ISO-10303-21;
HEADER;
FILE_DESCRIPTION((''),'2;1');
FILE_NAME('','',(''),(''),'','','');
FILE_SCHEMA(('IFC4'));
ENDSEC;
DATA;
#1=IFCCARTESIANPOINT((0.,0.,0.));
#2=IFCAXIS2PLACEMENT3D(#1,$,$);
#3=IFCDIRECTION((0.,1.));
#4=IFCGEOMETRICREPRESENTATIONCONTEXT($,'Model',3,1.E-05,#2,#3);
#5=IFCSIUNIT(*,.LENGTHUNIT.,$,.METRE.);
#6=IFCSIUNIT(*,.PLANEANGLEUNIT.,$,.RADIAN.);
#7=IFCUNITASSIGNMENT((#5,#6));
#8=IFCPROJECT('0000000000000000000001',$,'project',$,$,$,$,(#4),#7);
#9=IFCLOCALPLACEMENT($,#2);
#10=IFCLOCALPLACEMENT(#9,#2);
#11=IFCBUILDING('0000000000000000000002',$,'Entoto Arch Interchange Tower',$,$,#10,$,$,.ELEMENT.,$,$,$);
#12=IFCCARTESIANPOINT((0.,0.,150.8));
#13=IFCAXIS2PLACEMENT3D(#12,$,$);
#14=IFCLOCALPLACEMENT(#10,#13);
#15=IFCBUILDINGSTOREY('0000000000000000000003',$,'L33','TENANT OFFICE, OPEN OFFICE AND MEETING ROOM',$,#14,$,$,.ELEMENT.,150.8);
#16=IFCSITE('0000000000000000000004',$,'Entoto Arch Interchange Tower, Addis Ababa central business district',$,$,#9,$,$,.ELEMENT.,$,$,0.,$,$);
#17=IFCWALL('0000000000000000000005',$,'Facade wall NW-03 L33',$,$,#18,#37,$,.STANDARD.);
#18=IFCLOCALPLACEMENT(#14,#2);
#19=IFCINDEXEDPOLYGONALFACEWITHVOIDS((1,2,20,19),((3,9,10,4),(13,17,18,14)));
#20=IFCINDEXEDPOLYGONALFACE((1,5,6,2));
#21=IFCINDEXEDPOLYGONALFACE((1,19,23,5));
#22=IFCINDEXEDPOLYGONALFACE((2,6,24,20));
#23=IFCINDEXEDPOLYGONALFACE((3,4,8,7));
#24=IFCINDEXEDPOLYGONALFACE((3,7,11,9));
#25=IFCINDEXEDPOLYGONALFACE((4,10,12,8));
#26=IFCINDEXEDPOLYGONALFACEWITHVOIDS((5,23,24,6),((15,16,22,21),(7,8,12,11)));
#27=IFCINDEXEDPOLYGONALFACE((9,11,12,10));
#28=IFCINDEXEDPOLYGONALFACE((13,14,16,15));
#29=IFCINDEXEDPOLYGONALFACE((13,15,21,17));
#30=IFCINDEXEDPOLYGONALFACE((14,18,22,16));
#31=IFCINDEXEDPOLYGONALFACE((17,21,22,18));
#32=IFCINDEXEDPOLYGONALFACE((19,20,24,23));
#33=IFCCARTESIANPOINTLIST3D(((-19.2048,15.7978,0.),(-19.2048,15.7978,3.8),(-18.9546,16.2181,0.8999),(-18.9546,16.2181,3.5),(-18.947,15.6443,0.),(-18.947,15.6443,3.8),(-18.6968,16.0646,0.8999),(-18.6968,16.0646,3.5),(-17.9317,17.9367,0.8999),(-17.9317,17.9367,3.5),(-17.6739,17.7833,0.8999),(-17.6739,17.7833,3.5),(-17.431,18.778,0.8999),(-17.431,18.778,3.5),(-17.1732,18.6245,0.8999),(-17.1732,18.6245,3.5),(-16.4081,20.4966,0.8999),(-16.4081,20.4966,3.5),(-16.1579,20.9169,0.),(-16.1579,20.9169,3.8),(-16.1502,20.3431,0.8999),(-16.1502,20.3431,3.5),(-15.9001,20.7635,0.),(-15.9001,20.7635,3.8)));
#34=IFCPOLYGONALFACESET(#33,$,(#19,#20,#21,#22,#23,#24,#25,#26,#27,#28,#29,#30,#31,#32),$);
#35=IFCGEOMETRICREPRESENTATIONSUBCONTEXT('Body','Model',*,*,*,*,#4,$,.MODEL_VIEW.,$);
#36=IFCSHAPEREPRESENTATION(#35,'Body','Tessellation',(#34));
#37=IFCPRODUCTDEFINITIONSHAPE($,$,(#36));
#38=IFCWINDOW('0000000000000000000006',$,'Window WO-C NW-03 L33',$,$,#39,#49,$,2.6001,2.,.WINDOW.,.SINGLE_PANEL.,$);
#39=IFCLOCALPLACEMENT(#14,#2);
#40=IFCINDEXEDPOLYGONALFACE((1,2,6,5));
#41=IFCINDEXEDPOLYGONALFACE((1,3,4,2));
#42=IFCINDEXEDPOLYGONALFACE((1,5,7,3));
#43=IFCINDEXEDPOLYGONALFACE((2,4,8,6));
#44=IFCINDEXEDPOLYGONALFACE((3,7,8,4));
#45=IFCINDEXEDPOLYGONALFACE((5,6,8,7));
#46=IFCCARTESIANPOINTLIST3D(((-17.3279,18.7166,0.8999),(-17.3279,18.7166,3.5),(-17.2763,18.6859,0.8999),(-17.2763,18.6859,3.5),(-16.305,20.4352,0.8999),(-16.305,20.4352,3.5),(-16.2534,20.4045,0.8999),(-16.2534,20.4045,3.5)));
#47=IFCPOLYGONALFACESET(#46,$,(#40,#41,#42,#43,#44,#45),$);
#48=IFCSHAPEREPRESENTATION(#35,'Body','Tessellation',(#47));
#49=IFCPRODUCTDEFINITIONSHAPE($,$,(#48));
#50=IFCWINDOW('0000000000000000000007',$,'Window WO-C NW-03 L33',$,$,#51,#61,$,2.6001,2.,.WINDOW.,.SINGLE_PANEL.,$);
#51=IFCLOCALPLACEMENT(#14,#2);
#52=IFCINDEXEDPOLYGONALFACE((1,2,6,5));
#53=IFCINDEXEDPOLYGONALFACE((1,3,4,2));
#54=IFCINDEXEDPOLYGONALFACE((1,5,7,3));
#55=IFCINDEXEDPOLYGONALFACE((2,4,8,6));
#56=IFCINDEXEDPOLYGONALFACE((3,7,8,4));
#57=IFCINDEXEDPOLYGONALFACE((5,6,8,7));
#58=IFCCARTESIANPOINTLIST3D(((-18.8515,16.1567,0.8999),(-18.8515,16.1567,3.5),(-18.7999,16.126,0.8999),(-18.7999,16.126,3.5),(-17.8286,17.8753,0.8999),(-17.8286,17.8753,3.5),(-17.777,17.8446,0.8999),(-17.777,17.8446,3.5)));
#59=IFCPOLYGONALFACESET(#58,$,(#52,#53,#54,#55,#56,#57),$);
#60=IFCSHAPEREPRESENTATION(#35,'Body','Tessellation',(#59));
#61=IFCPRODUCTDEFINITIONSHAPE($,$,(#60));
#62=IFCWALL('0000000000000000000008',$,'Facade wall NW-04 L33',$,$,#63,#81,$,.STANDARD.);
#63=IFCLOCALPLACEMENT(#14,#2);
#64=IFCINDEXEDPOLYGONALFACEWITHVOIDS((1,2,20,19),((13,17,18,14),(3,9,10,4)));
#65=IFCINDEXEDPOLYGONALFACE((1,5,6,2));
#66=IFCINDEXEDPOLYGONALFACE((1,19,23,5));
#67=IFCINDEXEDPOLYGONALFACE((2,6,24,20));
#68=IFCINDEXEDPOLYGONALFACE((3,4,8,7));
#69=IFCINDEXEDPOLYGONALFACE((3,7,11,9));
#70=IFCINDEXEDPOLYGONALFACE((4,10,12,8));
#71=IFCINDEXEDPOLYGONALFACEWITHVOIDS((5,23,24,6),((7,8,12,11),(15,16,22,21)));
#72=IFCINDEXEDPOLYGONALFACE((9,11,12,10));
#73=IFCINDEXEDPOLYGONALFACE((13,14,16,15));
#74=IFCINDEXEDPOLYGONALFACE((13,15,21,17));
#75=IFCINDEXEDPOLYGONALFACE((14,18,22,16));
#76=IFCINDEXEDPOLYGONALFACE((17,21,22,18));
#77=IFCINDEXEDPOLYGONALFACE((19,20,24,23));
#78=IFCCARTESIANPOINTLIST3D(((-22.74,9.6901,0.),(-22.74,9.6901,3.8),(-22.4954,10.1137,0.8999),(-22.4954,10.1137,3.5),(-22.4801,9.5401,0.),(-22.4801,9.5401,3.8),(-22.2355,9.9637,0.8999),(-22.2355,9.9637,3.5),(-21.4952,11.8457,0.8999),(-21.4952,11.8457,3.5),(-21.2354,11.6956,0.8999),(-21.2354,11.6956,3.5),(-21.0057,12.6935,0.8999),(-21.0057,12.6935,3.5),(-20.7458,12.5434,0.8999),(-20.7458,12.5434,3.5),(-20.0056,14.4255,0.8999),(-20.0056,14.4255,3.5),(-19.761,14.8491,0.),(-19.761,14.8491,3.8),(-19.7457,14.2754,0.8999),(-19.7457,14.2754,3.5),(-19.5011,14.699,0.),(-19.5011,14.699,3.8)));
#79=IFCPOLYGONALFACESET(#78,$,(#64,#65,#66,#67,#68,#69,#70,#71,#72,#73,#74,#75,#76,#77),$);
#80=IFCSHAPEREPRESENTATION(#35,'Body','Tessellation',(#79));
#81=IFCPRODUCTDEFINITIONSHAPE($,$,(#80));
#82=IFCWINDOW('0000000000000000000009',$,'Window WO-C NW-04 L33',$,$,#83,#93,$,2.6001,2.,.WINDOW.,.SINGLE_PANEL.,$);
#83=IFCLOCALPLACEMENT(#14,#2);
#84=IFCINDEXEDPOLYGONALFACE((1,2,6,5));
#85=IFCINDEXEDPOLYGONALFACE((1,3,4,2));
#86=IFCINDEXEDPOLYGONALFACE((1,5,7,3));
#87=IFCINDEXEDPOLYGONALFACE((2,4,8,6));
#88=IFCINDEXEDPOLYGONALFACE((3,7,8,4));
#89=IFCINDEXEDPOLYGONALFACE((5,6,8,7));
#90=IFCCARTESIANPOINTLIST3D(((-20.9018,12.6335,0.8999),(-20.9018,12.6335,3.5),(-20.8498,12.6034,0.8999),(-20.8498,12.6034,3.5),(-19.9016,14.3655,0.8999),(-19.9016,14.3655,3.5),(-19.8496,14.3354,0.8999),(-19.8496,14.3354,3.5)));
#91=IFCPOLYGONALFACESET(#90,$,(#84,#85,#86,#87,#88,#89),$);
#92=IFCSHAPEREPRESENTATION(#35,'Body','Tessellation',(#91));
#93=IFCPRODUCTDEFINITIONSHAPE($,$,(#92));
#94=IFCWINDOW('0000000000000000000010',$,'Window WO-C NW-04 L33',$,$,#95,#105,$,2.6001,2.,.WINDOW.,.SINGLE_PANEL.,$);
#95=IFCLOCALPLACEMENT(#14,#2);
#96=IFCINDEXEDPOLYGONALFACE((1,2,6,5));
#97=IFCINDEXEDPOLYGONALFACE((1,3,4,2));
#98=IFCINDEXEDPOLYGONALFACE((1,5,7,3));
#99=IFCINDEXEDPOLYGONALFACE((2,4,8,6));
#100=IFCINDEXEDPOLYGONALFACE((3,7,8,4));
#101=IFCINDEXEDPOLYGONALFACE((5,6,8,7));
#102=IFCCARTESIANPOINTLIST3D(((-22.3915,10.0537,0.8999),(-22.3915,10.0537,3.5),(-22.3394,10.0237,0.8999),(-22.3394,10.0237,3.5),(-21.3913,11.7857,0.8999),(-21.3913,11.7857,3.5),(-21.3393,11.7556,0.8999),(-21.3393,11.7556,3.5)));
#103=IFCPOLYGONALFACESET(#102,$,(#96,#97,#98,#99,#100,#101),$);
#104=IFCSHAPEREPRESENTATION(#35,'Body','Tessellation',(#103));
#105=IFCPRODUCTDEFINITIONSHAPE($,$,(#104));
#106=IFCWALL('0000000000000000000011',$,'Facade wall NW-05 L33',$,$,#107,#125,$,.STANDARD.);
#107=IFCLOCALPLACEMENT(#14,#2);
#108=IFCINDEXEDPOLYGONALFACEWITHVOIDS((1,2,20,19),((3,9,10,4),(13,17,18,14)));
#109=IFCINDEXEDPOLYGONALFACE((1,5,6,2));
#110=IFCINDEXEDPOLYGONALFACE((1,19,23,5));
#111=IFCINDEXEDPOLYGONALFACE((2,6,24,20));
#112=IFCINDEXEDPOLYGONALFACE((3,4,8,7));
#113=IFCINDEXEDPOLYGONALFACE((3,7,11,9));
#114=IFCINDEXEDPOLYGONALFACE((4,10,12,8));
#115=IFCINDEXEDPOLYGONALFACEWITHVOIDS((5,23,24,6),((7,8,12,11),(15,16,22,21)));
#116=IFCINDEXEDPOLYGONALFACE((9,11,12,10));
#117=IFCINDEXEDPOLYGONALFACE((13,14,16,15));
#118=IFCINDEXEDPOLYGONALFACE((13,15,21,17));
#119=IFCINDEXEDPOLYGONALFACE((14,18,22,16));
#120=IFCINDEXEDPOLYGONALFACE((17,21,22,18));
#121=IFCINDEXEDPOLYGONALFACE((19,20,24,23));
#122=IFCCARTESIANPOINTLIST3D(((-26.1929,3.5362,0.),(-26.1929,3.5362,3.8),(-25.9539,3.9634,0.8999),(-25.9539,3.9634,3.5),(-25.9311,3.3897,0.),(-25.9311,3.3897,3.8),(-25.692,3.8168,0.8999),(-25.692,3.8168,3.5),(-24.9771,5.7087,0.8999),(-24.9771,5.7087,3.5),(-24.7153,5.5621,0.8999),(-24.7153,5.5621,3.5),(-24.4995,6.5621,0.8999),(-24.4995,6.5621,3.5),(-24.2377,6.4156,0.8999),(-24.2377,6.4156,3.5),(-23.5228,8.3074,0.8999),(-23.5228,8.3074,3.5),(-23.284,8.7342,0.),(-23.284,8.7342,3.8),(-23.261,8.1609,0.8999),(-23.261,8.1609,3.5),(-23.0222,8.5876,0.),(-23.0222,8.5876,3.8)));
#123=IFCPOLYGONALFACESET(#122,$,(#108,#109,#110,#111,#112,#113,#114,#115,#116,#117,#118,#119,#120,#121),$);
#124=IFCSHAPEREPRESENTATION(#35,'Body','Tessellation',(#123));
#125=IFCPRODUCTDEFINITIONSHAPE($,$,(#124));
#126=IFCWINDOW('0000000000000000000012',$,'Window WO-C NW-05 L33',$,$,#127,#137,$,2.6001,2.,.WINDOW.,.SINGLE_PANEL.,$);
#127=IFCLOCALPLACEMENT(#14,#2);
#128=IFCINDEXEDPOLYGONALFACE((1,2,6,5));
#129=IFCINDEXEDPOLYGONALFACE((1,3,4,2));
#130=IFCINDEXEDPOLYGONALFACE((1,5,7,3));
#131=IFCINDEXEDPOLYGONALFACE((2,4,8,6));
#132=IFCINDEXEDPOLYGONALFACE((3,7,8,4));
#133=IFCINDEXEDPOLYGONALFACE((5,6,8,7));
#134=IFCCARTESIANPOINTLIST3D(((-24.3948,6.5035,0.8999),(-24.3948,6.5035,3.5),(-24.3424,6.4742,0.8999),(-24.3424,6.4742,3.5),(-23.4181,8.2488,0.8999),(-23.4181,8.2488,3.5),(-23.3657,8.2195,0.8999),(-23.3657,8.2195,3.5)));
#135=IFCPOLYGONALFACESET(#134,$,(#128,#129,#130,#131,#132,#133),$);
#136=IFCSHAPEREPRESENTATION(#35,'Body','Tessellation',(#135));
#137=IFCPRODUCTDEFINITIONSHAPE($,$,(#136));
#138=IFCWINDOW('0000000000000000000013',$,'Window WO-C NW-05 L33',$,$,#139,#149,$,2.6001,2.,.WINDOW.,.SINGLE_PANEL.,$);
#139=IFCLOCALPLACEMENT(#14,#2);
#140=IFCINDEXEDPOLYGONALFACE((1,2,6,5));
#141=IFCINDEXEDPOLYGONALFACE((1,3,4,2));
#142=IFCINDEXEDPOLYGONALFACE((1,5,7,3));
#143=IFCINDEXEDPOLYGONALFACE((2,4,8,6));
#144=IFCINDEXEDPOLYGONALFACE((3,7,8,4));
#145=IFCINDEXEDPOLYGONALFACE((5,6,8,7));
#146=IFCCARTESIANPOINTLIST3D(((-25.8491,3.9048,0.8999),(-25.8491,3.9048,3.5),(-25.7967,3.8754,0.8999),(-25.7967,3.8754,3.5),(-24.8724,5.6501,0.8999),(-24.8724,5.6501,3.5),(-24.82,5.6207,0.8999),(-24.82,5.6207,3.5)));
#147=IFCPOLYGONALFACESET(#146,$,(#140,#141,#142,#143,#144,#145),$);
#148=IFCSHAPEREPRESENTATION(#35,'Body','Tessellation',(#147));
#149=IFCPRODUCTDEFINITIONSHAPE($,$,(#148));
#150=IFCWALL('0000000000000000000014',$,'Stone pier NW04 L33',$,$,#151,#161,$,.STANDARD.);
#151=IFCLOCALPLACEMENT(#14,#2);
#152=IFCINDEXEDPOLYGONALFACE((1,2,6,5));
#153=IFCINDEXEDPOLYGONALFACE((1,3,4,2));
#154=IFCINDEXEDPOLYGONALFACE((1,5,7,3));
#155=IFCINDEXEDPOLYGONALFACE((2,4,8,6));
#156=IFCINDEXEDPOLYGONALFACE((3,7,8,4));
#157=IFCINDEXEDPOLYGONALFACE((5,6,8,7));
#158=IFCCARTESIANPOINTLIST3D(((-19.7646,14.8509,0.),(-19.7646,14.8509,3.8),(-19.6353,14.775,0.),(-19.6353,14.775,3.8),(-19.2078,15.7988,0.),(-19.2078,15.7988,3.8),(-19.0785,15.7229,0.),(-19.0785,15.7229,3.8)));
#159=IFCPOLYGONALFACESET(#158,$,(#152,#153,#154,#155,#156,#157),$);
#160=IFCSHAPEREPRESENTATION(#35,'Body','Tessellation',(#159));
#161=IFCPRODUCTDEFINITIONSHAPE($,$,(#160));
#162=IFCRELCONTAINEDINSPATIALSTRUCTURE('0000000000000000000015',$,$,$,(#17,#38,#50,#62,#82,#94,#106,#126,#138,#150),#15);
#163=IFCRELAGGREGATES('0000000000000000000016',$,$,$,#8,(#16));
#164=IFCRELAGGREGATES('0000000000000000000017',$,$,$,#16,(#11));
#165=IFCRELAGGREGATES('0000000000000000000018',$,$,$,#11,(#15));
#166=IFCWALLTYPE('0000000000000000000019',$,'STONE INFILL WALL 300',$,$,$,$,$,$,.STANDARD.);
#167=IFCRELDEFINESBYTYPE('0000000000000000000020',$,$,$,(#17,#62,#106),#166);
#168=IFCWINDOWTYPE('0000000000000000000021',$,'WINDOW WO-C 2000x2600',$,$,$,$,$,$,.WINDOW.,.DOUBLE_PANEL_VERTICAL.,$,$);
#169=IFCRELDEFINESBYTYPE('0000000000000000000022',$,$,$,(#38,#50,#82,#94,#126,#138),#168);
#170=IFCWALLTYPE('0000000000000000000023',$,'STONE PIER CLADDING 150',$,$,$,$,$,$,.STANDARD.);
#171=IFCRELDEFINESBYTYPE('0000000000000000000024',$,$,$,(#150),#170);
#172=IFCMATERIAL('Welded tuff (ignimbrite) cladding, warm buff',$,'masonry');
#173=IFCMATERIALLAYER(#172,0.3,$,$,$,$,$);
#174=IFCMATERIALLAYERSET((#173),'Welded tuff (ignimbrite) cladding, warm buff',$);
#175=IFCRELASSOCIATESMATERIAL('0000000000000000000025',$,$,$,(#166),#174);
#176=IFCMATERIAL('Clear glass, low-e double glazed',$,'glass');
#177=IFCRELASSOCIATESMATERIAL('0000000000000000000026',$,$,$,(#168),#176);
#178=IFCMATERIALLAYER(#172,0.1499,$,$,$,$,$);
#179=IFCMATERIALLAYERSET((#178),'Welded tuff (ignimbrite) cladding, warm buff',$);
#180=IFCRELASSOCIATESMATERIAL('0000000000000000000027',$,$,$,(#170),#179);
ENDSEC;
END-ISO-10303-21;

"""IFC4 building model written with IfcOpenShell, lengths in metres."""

from ifc_helpers import new_model, si_unit, direction, frame, frame_2d, origin, place, context, subcontext, project, spatial, rectangle, extrude, material, layer, layer_set, type_object, element, fill, save


model = new_model("IFC4")

# Units and contexts
model_context = context("Model", 3, precision=1e-05, world=origin(), true_north=direction((0.0, 1.0)))
body_context = subcontext(model_context, "Body", "Model", "MODEL_VIEW")
ifc_project = project(units=[si_unit("LENGTHUNIT", "METRE"), si_unit("PLANEANGLEUNIT", "RADIAN")], contexts=[model_context])

# Site, building, storey
site_placement = place(None, origin())
site = spatial("IfcSite", under=ifc_project, at=site_placement, Name="Entoto Arch Interchange Tower, Addis Ababa central business district", CompositionType="ELEMENT", RefElevation=0.0)
building_placement = place(site_placement, origin())
building = spatial("IfcBuilding", under=site, at=building_placement, Name="Entoto Arch Interchange Tower", CompositionType="ELEMENT")
storey_placement = place(building_placement, frame((0.0, 0.0, 150.8)))
storey = spatial("IfcBuildingStorey", under=building, at=storey_placement, Name="L33", Description="TENANT OFFICE, OPEN OFFICE AND MEETING ROOM", CompositionType="ELEMENT", Elevation=150.8)

# Walls, openings, windows
ifc_material_1 = material(Name="Welded tuff (ignimbrite) cladding, warm buff", Category="masonry")
ifc_layer_1 = layer(ifc_material_1, 0.3)
ifc_layer_set_1 = layer_set([ifc_layer_1], Name="Welded tuff (ignimbrite) cladding, warm buff")
wall_type_1 = type_object("IfcWallType", Name="STONE INFILL WALL 300", PredefinedType="STANDARD", material=ifc_layer_set_1)
wall_1_placement = place(storey_placement, frame((-16.0291, 20.8401, 0.0), z_axis=(0.0, 0.0, 1.0), x_axis=(-0.511455, -0.85931, 0.0)))
wall_1 = element("IfcWall", 1, at=wall_1_placement, inside=storey, type_object=wall_type_1, Name="Facade wall NW-03 L33", PredefinedType="STANDARD", context=body_context, shape_type="SweptSolid", body=[
    extrude(rectangle(XDim=5.9573, YDim=0.3, at=frame_2d((2.9785, 0.0))), origin(), (0.0, 0.0, 1.0), 3.8),
])
opening_1_placement = place(wall_1_placement, frame((0.489, 0.0, 0.8999)))
opening_1 = element("IfcOpeningElement", 2, at=opening_1_placement, cuts=wall_1, PredefinedType="OPENING", context=body_context, shape_type="SweptSolid", body=[
    extrude(rectangle(XDim=2.0, YDim=2.6001, at=frame_2d((1.0, 1.3))), frame((0.0, 0.1602, 0.0), z_axis=(0.0, -1.0, 0.0), x_axis=(1.0, 0.0, 0.0)), (0.0, 0.0, 1.0), 0.3201),
])
opening_2_placement = place(wall_1_placement, frame((3.468, 0.0, 0.8999)))
opening_2 = element("IfcOpeningElement", 3, at=opening_2_placement, cuts=wall_1, PredefinedType="OPENING", context=body_context, shape_type="SweptSolid", body=[
    extrude(rectangle(XDim=2.0, YDim=2.6001, at=frame_2d((1.0, 1.3))), frame((0.0, 0.1602, 0.0), z_axis=(0.0, -1.0, 0.0), x_axis=(1.0, 0.0, 0.0)), (0.0, 0.0, 1.0), 0.3201),
])
ifc_material_2 = material(Name="Clear glass, low-e double glazed", Category="glass")
window_type = type_object("IfcWindowType", Name="WINDOW WO-C 2000x2600", PartitioningType="DOUBLE_PANEL_VERTICAL", PredefinedType="WINDOW", material=ifc_material_2)
window_1_placement = place(opening_1_placement, origin())
window_1 = element("IfcWindow", 4, at=window_1_placement, inside=storey, type_object=window_type, Name="Window WO-C NW-03 L33", OverallHeight=2.6001, OverallWidth=2.0, PartitioningType="SINGLE_PANEL", PredefinedType="WINDOW", context=body_context, shape_type="SweptSolid", body=[
    extrude(rectangle(XDim=2.0, YDim=2.6001, at=frame_2d((1.0, 1.3))), frame((0.0, 0.03, 0.0), z_axis=(0.0, -1.0, 0.0), x_axis=(1.0, 0.0, 0.0)), (0.0, 0.0, 1.0), 0.0601),
])
fill(opening_1, window_1)
window_2_placement = place(opening_2_placement, origin())
window_2 = element("IfcWindow", 5, at=window_2_placement, inside=storey, type_object=window_type, Name="Window WO-C NW-03 L33", OverallHeight=2.6001, OverallWidth=2.0, PartitioningType="SINGLE_PANEL", PredefinedType="WINDOW", context=body_context, shape_type="SweptSolid", body=[
    extrude(rectangle(XDim=2.0, YDim=2.6001, at=frame_2d((1.0, 1.3))), frame((0.0, 0.03, 0.0), z_axis=(0.0, -1.0, 0.0), x_axis=(1.0, 0.0, 0.0)), (0.0, 0.0, 1.0), 0.0601),
])
fill(opening_2, window_2)
wall_2_placement = place(storey_placement, frame((-19.6311, 14.7739, 0.0), z_axis=(0.0, 0.0, 1.0), x_axis=(-0.500062, -0.86599, 0.0)))
wall_2 = element("IfcWall", 6, at=wall_2_placement, inside=storey, type_object=wall_type_1, Name="Facade wall NW-04 L33", PredefinedType="STANDARD", context=body_context, shape_type="SweptSolid", body=[
    extrude(rectangle(XDim=5.9573, YDim=0.3, at=frame_2d((2.9785, 0.0))), origin(), (0.0, 0.0, 1.0), 3.8),
])
opening_3_placement = place(wall_2_placement, frame((0.489, 0.0, 0.8999)))
opening_3 = element("IfcOpeningElement", 7, at=opening_3_placement, cuts=wall_2, PredefinedType="OPENING", context=body_context, shape_type="SweptSolid", body=[
    extrude(rectangle(XDim=2.0, YDim=2.6001, at=frame_2d((1.0, 1.3))), frame((0.0, 0.1602, 0.0), z_axis=(0.0, -1.0, 0.0), x_axis=(1.0, 0.0, 0.0)), (0.0, 0.0, 1.0), 0.3201),
])
opening_4_placement = place(wall_2_placement, frame((3.468, 0.0, 0.8999)))
opening_4 = element("IfcOpeningElement", 8, at=opening_4_placement, cuts=wall_2, PredefinedType="OPENING", context=body_context, shape_type="SweptSolid", body=[
    extrude(rectangle(XDim=2.0, YDim=2.6001, at=frame_2d((1.0, 1.3))), frame((0.0, 0.1602, 0.0), z_axis=(0.0, -1.0, 0.0), x_axis=(1.0, 0.0, 0.0)), (0.0, 0.0, 1.0), 0.3201),
])
window_3_placement = place(opening_3_placement, origin())
window_3 = element("IfcWindow", 9, at=window_3_placement, inside=storey, type_object=window_type, Name="Window WO-C NW-04 L33", OverallHeight=2.6001, OverallWidth=2.0, PartitioningType="SINGLE_PANEL", PredefinedType="WINDOW", context=body_context, shape_type="SweptSolid", body=[
    extrude(rectangle(XDim=2.0, YDim=2.6001, at=frame_2d((1.0, 1.3))), frame((0.0, 0.03, 0.0), z_axis=(0.0, -1.0, 0.0), x_axis=(1.0, 0.0, 0.0)), (0.0, 0.0, 1.0), 0.0601),
])
fill(opening_3, window_3)
window_4_placement = place(opening_4_placement, origin())
window_4 = element("IfcWindow", 10, at=window_4_placement, inside=storey, type_object=window_type, Name="Window WO-C NW-04 L33", OverallHeight=2.6001, OverallWidth=2.0, PartitioningType="SINGLE_PANEL", PredefinedType="WINDOW", context=body_context, shape_type="SweptSolid", body=[
    extrude(rectangle(XDim=2.0, YDim=2.6001, at=frame_2d((1.0, 1.3))), frame((0.0, 0.03, 0.0), z_axis=(0.0, -1.0, 0.0), x_axis=(1.0, 0.0, 0.0)), (0.0, 0.0, 1.0), 0.0601),
])
fill(opening_4, window_4)
wall_3_placement = place(storey_placement, frame((-23.1531, 8.6609, 0.0), z_axis=(0.0, 0.0, 1.0), x_axis=(-0.488355, -0.872645, 0.0)))
wall_3 = element("IfcWall", 11, at=wall_3_placement, inside=storey, type_object=wall_type_1, Name="Facade wall NW-05 L33", PredefinedType="STANDARD", context=body_context, shape_type="SweptSolid", body=[
    extrude(rectangle(XDim=5.9565, YDim=0.3, at=frame_2d((2.9783, 0.0))), origin(), (0.0, 0.0, 1.0), 3.8),
])
opening_5_placement = place(wall_3_placement, frame((0.489, 0.0, 0.8999)))
opening_5 = element("IfcOpeningElement", 12, at=opening_5_placement, cuts=wall_3, PredefinedType="OPENING", context=body_context, shape_type="SweptSolid", body=[
    extrude(rectangle(XDim=2.0, YDim=2.6001, at=frame_2d((1.0, 1.3))), frame((0.0, 0.1602, 0.0), z_axis=(0.0, -1.0, 0.0), x_axis=(1.0, 0.0, 0.0)), (0.0, 0.0, 1.0), 0.3201),
])
opening_6_placement = place(wall_3_placement, frame((3.467, 0.0, 0.8999)))
opening_6 = element("IfcOpeningElement", 13, at=opening_6_placement, cuts=wall_3, PredefinedType="OPENING", context=body_context, shape_type="SweptSolid", body=[
    extrude(rectangle(XDim=2.0, YDim=2.6001, at=frame_2d((1.0, 1.3))), frame((0.0, 0.1602, 0.0), z_axis=(0.0, -1.0, 0.0), x_axis=(1.0, 0.0, 0.0)), (0.0, 0.0, 1.0), 0.3201),
])
window_5_placement = place(opening_5_placement, origin())
window_5 = element("IfcWindow", 14, at=window_5_placement, inside=storey, type_object=window_type, Name="Window WO-C NW-05 L33", OverallHeight=2.6001, OverallWidth=2.0, PartitioningType="SINGLE_PANEL", PredefinedType="WINDOW", context=body_context, shape_type="SweptSolid", body=[
    extrude(rectangle(XDim=2.0, YDim=2.6001, at=frame_2d((1.0, 1.3))), frame((0.0, 0.03, 0.0), z_axis=(0.0, -1.0, 0.0), x_axis=(1.0, 0.0, 0.0)), (0.0, 0.0, 1.0), 0.0601),
])
fill(opening_5, window_5)
window_6_placement = place(opening_6_placement, origin())
window_6 = element("IfcWindow", 15, at=window_6_placement, inside=storey, type_object=window_type, Name="Window WO-C NW-05 L33", OverallHeight=2.6001, OverallWidth=2.0, PartitioningType="SINGLE_PANEL", PredefinedType="WINDOW", context=body_context, shape_type="SweptSolid", body=[
    extrude(rectangle(XDim=2.0, YDim=2.6001, at=frame_2d((1.0, 1.3))), frame((0.0, 0.03, 0.0), z_axis=(0.0, -1.0, 0.0), x_axis=(1.0, 0.0, 0.0)), (0.0, 0.0, 1.0), 0.0601),
])
fill(opening_6, window_6)

# Wall
ifc_layer_2 = layer(ifc_material_1, 0.1499)
ifc_layer_set_2 = layer_set([ifc_layer_2], Name="Welded tuff (ignimbrite) cladding, warm buff")
wall_type_2 = type_object("IfcWallType", Name="STONE PIER CLADDING 150", PredefinedType="STANDARD", material=ifc_layer_set_2)
wall_4_placement = place(storey_placement, frame((-19.1431, 15.761, 0.0), z_axis=(0.0, 0.0, 1.0), x_axis=(-0.506506, -0.862237, 0.0)))
element("IfcWall", 16, at=wall_4_placement, inside=storey, type_object=wall_type_2, Name="Stone pier NW04 L33", PredefinedType="STANDARD", context=body_context, shape_type="SweptSolid", body=[
    extrude(rectangle(XDim=1.0994, YDim=0.1499, at=frame_2d((0.5498, 0.0))), origin(), (0.0, 0.0, 1.0), 3.8),
])

save(model, "model.ifc")
